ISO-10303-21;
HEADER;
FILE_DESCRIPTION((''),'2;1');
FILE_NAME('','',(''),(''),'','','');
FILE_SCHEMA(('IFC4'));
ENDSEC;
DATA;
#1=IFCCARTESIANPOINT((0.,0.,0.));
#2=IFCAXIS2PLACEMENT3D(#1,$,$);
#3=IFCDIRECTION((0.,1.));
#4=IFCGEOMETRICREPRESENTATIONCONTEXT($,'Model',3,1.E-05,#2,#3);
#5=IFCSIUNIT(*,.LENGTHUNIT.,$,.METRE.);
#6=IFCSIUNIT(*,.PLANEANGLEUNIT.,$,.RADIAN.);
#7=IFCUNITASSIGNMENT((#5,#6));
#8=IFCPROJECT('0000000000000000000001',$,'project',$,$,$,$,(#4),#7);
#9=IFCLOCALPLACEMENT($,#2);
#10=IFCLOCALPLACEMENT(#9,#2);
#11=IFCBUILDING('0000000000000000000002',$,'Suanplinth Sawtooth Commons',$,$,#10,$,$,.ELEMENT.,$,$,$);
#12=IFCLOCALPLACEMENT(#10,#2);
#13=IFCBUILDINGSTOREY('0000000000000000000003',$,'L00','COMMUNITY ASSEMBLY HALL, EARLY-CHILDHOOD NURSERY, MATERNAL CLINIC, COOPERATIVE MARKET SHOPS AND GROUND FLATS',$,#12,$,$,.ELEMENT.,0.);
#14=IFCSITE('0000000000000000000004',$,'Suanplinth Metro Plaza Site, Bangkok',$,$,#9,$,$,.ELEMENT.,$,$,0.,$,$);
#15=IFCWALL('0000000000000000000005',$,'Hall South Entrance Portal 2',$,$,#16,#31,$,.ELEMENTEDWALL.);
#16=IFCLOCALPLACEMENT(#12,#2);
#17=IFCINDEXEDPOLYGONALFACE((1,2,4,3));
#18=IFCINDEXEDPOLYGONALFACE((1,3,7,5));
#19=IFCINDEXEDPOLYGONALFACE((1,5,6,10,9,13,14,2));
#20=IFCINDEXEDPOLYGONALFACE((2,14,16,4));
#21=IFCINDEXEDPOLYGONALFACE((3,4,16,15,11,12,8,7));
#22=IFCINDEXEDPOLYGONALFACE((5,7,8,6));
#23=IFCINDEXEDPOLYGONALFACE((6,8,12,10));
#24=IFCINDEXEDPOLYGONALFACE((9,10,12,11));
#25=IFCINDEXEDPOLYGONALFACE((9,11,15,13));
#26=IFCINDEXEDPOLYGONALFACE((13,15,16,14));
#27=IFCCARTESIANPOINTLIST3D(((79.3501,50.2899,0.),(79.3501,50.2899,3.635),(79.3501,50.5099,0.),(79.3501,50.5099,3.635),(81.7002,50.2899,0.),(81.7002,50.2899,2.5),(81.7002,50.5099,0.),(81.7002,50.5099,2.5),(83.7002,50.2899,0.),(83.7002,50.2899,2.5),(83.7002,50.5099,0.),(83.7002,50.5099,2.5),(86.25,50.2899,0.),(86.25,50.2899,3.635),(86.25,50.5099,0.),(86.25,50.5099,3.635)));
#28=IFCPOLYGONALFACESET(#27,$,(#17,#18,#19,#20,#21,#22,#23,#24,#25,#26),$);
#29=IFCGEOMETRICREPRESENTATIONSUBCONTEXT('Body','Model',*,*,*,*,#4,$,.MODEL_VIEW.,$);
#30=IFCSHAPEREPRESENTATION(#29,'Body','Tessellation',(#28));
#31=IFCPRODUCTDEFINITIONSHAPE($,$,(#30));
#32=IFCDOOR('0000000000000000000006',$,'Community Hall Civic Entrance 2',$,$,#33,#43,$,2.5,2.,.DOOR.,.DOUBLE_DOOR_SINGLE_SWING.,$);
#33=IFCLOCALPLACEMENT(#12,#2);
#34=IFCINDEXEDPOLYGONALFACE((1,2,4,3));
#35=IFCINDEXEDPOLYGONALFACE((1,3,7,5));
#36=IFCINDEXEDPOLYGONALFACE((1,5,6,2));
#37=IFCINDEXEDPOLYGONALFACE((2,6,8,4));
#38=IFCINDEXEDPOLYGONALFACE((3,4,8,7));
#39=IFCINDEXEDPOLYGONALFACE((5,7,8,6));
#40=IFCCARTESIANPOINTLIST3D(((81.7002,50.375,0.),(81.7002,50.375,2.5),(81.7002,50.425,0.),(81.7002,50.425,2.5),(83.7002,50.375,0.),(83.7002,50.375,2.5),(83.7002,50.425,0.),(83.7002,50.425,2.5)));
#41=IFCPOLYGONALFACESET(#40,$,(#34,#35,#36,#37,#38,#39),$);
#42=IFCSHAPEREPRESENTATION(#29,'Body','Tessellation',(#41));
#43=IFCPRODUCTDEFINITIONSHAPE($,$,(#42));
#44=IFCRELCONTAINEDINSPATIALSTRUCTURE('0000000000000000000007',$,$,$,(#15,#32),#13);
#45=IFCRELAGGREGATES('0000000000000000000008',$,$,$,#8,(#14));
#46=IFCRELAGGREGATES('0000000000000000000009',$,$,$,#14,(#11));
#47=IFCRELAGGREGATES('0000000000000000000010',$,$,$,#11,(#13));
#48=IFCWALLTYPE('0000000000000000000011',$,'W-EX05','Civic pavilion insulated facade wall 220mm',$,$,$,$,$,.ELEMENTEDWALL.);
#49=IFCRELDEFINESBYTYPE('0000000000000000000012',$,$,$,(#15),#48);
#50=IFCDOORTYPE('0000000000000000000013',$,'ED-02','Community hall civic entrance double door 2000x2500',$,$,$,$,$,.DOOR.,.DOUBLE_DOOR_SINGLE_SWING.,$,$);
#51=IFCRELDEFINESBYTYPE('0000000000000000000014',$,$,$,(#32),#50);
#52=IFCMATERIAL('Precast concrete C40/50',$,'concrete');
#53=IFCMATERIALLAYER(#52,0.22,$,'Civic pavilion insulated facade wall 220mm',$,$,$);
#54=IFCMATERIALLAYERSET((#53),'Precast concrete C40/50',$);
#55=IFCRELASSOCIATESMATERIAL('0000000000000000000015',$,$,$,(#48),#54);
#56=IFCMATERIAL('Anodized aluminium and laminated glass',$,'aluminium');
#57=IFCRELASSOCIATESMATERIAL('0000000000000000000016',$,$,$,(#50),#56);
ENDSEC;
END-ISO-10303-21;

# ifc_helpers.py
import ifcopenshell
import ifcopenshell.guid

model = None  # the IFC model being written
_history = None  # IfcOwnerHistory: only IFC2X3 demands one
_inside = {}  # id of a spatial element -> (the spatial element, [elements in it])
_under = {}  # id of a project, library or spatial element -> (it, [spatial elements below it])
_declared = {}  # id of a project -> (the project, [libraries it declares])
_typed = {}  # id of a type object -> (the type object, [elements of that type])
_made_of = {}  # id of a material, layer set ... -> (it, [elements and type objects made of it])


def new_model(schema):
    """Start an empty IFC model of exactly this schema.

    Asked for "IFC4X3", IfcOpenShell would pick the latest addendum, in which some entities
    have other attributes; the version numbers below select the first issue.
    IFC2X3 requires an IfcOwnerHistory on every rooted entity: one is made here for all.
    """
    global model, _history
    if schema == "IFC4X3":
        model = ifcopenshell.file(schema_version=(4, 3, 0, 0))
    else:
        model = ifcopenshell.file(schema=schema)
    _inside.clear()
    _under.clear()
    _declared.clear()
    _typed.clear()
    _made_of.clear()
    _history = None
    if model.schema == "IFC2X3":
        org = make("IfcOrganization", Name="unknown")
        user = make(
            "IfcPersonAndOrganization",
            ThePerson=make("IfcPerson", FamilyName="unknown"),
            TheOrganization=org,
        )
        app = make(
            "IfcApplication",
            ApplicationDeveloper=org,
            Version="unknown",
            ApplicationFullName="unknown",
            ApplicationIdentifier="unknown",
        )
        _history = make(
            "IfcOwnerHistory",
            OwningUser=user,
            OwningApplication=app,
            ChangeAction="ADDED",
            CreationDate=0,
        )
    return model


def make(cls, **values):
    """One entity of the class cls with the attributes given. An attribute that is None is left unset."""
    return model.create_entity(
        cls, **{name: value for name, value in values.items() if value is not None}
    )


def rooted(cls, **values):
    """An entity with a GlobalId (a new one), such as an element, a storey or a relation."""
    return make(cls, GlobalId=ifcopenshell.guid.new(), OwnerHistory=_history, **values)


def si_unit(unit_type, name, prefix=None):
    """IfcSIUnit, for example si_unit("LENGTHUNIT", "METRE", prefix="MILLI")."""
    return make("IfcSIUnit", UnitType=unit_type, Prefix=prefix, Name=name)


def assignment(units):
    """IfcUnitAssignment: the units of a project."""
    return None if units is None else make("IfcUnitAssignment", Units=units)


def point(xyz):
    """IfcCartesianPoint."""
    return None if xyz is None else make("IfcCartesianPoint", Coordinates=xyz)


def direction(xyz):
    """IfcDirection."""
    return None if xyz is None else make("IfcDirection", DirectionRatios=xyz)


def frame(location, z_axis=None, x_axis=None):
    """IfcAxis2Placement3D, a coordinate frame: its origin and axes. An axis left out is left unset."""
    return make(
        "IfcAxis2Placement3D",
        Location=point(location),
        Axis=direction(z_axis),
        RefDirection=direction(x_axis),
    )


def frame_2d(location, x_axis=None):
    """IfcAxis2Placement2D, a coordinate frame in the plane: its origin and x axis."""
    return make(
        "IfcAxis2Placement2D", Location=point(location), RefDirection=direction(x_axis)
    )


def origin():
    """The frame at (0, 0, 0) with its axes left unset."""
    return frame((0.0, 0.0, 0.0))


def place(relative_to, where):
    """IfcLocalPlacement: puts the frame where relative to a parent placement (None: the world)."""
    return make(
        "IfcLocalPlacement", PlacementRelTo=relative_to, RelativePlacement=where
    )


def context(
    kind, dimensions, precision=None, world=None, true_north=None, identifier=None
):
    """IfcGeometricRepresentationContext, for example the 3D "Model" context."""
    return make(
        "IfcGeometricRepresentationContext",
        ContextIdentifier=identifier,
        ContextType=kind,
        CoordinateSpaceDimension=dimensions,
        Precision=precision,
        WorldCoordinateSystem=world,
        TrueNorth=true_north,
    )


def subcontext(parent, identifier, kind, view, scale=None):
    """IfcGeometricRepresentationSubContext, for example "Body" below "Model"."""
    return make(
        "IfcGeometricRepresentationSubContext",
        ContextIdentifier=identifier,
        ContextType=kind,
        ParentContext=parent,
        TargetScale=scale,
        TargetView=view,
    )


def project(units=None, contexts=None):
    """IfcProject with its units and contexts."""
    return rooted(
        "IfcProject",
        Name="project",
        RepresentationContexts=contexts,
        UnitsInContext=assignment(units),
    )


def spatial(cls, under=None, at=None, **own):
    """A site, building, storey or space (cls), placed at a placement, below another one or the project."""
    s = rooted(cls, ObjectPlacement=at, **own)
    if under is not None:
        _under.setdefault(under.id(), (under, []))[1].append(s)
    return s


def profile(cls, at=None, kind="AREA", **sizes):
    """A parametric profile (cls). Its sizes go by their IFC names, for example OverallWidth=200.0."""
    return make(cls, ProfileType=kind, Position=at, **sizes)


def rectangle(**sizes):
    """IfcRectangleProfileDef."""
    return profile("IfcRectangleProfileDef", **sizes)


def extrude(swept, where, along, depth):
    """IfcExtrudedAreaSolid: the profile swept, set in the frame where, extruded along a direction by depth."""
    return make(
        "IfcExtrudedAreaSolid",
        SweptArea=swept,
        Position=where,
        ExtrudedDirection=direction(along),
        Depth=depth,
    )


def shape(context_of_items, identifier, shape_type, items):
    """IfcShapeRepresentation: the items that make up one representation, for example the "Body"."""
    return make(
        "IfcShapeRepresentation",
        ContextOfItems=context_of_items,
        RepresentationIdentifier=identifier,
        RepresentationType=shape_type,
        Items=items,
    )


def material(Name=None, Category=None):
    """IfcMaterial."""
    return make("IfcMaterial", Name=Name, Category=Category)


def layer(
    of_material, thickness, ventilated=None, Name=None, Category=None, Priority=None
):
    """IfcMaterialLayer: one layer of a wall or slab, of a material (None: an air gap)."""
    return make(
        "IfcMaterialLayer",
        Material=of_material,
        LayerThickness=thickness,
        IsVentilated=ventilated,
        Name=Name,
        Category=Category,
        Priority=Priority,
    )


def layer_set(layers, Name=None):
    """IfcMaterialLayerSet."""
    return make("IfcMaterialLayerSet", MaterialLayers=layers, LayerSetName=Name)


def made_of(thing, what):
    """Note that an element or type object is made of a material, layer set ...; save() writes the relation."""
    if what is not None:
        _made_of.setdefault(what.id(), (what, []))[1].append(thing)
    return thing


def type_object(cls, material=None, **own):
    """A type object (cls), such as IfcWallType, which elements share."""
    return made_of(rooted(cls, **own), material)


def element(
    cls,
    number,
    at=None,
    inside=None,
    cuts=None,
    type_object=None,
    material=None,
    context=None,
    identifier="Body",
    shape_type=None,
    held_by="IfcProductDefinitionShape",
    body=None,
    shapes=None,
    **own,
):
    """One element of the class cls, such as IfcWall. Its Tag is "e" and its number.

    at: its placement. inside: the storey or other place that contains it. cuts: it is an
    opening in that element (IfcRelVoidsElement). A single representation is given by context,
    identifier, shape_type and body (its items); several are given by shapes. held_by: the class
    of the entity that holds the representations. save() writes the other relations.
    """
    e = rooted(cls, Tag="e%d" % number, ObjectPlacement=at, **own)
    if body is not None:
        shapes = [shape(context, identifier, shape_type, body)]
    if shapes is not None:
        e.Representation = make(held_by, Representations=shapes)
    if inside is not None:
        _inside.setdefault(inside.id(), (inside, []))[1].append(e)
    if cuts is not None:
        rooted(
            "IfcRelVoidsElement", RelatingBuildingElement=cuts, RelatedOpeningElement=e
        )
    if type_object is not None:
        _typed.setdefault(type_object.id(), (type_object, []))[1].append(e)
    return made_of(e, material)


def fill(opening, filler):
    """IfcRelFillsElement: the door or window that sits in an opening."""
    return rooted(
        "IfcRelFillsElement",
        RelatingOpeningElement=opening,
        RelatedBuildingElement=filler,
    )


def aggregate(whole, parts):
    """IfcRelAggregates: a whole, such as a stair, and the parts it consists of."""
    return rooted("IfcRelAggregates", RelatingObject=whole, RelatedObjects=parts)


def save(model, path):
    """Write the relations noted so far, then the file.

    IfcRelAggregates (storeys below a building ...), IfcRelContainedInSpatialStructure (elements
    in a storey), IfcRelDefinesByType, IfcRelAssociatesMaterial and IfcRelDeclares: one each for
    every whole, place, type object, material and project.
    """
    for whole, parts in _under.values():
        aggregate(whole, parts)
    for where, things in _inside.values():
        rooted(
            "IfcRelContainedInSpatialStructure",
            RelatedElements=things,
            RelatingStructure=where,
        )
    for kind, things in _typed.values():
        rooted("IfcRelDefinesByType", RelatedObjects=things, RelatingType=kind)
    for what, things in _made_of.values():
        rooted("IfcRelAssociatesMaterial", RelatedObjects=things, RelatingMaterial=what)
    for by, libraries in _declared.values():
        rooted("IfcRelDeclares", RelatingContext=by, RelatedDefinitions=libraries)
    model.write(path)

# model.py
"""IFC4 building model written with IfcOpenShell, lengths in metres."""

from ifc_helpers import new_model, si_unit, direction, frame, frame_2d, origin, place, context, subcontext, project, spatial, rectangle, extrude, material, layer, layer_set, type_object, element, fill, save


model = new_model("IFC4")

# Units and contexts
model_context = context("Model", 3, precision=1e-05, world=origin(), true_north=direction((0.0, 1.0)))
body_context = subcontext(model_context, "Body", "Model", "MODEL_VIEW")
ifc_project = project(units=[si_unit("LENGTHUNIT", "METRE"), si_unit("PLANEANGLEUNIT", "RADIAN")], contexts=[model_context])

# Site, building, storey
site_placement = place(None, origin())
site = spatial("IfcSite", under=ifc_project, at=site_placement, Name="Suanplinth Metro Plaza Site, Bangkok", CompositionType="ELEMENT", RefElevation=0.0)
building_placement = place(site_placement, origin())
building = spatial("IfcBuilding", under=site, at=building_placement, Name="Suanplinth Sawtooth Commons", CompositionType="ELEMENT")
storey_placement = place(building_placement, origin())
storey = spatial("IfcBuildingStorey", under=building, at=storey_placement, Name="L00", Description="COMMUNITY ASSEMBLY HALL, EARLY-CHILDHOOD NURSERY, MATERNAL CLINIC, COOPERATIVE MARKET SHOPS AND GROUND FLATS", CompositionType="ELEMENT", Elevation=0.0)

# Wall, opening, door
ifc_material_1 = material(Name="Precast concrete C40/50", Category="concrete")
ifc_layer_1 = layer(ifc_material_1, 0.22, Name="Civic pavilion insulated facade wall 220mm")
ifc_layer_set_1 = layer_set([ifc_layer_1], Name="Precast concrete C40/50")
wall_type = type_object("IfcWallType", Name="W-EX05", Description="Civic pavilion insulated facade wall 220mm", PredefinedType="ELEMENTEDWALL", material=ifc_layer_set_1)
wall_placement = place(storey_placement, frame((79.3501, 50.3999, 0.0), z_axis=(0.0, 0.0, 1.0), x_axis=(1.0, 0.0, 0.0)))
wall = element("IfcWall", 1, at=wall_placement, inside=storey, type_object=wall_type, Name="Hall South Entrance Portal 2", PredefinedType="ELEMENTEDWALL", context=body_context, shape_type="SweptSolid", body=[
    extrude(rectangle(XDim=6.8999, YDim=0.22, at=frame_2d((3.45, 0.0))), origin(), (0.0, 0.0, 1.0), 3.635),
])
opening_placement = place(wall_placement, frame((2.3501, 0.0, 0.0)))
opening = element("IfcOpeningElement", 2, at=opening_placement, cuts=wall, PredefinedType="OPENING", context=body_context, shape_type="SweptSolid", body=[
    extrude(rectangle(XDim=2.0, YDim=2.5, at=frame_2d((1.0, 1.25))), frame((0.0, 0.125, 0.0), z_axis=(0.0, -1.0, 0.0), x_axis=(1.0, 0.0, 0.0)), (0.0, 0.0, 1.0), 0.2498),
])
ifc_material_2 = material(Name="Anodized aluminium and laminated glass", Category="aluminium")
door_type = type_object("IfcDoorType", Name="ED-02", Description="Community hall civic entrance double door 2000x2500", OperationType="DOUBLE_DOOR_SINGLE_SWING", PredefinedType="DOOR", material=ifc_material_2)
door_placement = place(opening_placement, frame((2.0, 0.0, 0.0), z_axis=(0.0, 0.0, 1.0), x_axis=(-1.0, 0.0, 0.0)))
door = element("IfcDoor", 3, at=door_placement, inside=storey, type_object=door_type, Name="Community Hall Civic Entrance 2", OperationType="DOUBLE_DOOR_SINGLE_SWING", OverallHeight=2.5, OverallWidth=2.0, PredefinedType="DOOR", context=body_context, shape_type="SweptSolid", body=[
    extrude(rectangle(XDim=2.0, YDim=2.5, at=frame_2d((1.0, 1.25))), frame((0.0, 0.0249, 0.0), z_axis=(0.0, -1.0, 0.0), x_axis=(1.0, 0.0, 0.0)), (0.0, 0.0, 1.0), 0.05),
])
fill(opening, door)

save(model, "model.ifc")
